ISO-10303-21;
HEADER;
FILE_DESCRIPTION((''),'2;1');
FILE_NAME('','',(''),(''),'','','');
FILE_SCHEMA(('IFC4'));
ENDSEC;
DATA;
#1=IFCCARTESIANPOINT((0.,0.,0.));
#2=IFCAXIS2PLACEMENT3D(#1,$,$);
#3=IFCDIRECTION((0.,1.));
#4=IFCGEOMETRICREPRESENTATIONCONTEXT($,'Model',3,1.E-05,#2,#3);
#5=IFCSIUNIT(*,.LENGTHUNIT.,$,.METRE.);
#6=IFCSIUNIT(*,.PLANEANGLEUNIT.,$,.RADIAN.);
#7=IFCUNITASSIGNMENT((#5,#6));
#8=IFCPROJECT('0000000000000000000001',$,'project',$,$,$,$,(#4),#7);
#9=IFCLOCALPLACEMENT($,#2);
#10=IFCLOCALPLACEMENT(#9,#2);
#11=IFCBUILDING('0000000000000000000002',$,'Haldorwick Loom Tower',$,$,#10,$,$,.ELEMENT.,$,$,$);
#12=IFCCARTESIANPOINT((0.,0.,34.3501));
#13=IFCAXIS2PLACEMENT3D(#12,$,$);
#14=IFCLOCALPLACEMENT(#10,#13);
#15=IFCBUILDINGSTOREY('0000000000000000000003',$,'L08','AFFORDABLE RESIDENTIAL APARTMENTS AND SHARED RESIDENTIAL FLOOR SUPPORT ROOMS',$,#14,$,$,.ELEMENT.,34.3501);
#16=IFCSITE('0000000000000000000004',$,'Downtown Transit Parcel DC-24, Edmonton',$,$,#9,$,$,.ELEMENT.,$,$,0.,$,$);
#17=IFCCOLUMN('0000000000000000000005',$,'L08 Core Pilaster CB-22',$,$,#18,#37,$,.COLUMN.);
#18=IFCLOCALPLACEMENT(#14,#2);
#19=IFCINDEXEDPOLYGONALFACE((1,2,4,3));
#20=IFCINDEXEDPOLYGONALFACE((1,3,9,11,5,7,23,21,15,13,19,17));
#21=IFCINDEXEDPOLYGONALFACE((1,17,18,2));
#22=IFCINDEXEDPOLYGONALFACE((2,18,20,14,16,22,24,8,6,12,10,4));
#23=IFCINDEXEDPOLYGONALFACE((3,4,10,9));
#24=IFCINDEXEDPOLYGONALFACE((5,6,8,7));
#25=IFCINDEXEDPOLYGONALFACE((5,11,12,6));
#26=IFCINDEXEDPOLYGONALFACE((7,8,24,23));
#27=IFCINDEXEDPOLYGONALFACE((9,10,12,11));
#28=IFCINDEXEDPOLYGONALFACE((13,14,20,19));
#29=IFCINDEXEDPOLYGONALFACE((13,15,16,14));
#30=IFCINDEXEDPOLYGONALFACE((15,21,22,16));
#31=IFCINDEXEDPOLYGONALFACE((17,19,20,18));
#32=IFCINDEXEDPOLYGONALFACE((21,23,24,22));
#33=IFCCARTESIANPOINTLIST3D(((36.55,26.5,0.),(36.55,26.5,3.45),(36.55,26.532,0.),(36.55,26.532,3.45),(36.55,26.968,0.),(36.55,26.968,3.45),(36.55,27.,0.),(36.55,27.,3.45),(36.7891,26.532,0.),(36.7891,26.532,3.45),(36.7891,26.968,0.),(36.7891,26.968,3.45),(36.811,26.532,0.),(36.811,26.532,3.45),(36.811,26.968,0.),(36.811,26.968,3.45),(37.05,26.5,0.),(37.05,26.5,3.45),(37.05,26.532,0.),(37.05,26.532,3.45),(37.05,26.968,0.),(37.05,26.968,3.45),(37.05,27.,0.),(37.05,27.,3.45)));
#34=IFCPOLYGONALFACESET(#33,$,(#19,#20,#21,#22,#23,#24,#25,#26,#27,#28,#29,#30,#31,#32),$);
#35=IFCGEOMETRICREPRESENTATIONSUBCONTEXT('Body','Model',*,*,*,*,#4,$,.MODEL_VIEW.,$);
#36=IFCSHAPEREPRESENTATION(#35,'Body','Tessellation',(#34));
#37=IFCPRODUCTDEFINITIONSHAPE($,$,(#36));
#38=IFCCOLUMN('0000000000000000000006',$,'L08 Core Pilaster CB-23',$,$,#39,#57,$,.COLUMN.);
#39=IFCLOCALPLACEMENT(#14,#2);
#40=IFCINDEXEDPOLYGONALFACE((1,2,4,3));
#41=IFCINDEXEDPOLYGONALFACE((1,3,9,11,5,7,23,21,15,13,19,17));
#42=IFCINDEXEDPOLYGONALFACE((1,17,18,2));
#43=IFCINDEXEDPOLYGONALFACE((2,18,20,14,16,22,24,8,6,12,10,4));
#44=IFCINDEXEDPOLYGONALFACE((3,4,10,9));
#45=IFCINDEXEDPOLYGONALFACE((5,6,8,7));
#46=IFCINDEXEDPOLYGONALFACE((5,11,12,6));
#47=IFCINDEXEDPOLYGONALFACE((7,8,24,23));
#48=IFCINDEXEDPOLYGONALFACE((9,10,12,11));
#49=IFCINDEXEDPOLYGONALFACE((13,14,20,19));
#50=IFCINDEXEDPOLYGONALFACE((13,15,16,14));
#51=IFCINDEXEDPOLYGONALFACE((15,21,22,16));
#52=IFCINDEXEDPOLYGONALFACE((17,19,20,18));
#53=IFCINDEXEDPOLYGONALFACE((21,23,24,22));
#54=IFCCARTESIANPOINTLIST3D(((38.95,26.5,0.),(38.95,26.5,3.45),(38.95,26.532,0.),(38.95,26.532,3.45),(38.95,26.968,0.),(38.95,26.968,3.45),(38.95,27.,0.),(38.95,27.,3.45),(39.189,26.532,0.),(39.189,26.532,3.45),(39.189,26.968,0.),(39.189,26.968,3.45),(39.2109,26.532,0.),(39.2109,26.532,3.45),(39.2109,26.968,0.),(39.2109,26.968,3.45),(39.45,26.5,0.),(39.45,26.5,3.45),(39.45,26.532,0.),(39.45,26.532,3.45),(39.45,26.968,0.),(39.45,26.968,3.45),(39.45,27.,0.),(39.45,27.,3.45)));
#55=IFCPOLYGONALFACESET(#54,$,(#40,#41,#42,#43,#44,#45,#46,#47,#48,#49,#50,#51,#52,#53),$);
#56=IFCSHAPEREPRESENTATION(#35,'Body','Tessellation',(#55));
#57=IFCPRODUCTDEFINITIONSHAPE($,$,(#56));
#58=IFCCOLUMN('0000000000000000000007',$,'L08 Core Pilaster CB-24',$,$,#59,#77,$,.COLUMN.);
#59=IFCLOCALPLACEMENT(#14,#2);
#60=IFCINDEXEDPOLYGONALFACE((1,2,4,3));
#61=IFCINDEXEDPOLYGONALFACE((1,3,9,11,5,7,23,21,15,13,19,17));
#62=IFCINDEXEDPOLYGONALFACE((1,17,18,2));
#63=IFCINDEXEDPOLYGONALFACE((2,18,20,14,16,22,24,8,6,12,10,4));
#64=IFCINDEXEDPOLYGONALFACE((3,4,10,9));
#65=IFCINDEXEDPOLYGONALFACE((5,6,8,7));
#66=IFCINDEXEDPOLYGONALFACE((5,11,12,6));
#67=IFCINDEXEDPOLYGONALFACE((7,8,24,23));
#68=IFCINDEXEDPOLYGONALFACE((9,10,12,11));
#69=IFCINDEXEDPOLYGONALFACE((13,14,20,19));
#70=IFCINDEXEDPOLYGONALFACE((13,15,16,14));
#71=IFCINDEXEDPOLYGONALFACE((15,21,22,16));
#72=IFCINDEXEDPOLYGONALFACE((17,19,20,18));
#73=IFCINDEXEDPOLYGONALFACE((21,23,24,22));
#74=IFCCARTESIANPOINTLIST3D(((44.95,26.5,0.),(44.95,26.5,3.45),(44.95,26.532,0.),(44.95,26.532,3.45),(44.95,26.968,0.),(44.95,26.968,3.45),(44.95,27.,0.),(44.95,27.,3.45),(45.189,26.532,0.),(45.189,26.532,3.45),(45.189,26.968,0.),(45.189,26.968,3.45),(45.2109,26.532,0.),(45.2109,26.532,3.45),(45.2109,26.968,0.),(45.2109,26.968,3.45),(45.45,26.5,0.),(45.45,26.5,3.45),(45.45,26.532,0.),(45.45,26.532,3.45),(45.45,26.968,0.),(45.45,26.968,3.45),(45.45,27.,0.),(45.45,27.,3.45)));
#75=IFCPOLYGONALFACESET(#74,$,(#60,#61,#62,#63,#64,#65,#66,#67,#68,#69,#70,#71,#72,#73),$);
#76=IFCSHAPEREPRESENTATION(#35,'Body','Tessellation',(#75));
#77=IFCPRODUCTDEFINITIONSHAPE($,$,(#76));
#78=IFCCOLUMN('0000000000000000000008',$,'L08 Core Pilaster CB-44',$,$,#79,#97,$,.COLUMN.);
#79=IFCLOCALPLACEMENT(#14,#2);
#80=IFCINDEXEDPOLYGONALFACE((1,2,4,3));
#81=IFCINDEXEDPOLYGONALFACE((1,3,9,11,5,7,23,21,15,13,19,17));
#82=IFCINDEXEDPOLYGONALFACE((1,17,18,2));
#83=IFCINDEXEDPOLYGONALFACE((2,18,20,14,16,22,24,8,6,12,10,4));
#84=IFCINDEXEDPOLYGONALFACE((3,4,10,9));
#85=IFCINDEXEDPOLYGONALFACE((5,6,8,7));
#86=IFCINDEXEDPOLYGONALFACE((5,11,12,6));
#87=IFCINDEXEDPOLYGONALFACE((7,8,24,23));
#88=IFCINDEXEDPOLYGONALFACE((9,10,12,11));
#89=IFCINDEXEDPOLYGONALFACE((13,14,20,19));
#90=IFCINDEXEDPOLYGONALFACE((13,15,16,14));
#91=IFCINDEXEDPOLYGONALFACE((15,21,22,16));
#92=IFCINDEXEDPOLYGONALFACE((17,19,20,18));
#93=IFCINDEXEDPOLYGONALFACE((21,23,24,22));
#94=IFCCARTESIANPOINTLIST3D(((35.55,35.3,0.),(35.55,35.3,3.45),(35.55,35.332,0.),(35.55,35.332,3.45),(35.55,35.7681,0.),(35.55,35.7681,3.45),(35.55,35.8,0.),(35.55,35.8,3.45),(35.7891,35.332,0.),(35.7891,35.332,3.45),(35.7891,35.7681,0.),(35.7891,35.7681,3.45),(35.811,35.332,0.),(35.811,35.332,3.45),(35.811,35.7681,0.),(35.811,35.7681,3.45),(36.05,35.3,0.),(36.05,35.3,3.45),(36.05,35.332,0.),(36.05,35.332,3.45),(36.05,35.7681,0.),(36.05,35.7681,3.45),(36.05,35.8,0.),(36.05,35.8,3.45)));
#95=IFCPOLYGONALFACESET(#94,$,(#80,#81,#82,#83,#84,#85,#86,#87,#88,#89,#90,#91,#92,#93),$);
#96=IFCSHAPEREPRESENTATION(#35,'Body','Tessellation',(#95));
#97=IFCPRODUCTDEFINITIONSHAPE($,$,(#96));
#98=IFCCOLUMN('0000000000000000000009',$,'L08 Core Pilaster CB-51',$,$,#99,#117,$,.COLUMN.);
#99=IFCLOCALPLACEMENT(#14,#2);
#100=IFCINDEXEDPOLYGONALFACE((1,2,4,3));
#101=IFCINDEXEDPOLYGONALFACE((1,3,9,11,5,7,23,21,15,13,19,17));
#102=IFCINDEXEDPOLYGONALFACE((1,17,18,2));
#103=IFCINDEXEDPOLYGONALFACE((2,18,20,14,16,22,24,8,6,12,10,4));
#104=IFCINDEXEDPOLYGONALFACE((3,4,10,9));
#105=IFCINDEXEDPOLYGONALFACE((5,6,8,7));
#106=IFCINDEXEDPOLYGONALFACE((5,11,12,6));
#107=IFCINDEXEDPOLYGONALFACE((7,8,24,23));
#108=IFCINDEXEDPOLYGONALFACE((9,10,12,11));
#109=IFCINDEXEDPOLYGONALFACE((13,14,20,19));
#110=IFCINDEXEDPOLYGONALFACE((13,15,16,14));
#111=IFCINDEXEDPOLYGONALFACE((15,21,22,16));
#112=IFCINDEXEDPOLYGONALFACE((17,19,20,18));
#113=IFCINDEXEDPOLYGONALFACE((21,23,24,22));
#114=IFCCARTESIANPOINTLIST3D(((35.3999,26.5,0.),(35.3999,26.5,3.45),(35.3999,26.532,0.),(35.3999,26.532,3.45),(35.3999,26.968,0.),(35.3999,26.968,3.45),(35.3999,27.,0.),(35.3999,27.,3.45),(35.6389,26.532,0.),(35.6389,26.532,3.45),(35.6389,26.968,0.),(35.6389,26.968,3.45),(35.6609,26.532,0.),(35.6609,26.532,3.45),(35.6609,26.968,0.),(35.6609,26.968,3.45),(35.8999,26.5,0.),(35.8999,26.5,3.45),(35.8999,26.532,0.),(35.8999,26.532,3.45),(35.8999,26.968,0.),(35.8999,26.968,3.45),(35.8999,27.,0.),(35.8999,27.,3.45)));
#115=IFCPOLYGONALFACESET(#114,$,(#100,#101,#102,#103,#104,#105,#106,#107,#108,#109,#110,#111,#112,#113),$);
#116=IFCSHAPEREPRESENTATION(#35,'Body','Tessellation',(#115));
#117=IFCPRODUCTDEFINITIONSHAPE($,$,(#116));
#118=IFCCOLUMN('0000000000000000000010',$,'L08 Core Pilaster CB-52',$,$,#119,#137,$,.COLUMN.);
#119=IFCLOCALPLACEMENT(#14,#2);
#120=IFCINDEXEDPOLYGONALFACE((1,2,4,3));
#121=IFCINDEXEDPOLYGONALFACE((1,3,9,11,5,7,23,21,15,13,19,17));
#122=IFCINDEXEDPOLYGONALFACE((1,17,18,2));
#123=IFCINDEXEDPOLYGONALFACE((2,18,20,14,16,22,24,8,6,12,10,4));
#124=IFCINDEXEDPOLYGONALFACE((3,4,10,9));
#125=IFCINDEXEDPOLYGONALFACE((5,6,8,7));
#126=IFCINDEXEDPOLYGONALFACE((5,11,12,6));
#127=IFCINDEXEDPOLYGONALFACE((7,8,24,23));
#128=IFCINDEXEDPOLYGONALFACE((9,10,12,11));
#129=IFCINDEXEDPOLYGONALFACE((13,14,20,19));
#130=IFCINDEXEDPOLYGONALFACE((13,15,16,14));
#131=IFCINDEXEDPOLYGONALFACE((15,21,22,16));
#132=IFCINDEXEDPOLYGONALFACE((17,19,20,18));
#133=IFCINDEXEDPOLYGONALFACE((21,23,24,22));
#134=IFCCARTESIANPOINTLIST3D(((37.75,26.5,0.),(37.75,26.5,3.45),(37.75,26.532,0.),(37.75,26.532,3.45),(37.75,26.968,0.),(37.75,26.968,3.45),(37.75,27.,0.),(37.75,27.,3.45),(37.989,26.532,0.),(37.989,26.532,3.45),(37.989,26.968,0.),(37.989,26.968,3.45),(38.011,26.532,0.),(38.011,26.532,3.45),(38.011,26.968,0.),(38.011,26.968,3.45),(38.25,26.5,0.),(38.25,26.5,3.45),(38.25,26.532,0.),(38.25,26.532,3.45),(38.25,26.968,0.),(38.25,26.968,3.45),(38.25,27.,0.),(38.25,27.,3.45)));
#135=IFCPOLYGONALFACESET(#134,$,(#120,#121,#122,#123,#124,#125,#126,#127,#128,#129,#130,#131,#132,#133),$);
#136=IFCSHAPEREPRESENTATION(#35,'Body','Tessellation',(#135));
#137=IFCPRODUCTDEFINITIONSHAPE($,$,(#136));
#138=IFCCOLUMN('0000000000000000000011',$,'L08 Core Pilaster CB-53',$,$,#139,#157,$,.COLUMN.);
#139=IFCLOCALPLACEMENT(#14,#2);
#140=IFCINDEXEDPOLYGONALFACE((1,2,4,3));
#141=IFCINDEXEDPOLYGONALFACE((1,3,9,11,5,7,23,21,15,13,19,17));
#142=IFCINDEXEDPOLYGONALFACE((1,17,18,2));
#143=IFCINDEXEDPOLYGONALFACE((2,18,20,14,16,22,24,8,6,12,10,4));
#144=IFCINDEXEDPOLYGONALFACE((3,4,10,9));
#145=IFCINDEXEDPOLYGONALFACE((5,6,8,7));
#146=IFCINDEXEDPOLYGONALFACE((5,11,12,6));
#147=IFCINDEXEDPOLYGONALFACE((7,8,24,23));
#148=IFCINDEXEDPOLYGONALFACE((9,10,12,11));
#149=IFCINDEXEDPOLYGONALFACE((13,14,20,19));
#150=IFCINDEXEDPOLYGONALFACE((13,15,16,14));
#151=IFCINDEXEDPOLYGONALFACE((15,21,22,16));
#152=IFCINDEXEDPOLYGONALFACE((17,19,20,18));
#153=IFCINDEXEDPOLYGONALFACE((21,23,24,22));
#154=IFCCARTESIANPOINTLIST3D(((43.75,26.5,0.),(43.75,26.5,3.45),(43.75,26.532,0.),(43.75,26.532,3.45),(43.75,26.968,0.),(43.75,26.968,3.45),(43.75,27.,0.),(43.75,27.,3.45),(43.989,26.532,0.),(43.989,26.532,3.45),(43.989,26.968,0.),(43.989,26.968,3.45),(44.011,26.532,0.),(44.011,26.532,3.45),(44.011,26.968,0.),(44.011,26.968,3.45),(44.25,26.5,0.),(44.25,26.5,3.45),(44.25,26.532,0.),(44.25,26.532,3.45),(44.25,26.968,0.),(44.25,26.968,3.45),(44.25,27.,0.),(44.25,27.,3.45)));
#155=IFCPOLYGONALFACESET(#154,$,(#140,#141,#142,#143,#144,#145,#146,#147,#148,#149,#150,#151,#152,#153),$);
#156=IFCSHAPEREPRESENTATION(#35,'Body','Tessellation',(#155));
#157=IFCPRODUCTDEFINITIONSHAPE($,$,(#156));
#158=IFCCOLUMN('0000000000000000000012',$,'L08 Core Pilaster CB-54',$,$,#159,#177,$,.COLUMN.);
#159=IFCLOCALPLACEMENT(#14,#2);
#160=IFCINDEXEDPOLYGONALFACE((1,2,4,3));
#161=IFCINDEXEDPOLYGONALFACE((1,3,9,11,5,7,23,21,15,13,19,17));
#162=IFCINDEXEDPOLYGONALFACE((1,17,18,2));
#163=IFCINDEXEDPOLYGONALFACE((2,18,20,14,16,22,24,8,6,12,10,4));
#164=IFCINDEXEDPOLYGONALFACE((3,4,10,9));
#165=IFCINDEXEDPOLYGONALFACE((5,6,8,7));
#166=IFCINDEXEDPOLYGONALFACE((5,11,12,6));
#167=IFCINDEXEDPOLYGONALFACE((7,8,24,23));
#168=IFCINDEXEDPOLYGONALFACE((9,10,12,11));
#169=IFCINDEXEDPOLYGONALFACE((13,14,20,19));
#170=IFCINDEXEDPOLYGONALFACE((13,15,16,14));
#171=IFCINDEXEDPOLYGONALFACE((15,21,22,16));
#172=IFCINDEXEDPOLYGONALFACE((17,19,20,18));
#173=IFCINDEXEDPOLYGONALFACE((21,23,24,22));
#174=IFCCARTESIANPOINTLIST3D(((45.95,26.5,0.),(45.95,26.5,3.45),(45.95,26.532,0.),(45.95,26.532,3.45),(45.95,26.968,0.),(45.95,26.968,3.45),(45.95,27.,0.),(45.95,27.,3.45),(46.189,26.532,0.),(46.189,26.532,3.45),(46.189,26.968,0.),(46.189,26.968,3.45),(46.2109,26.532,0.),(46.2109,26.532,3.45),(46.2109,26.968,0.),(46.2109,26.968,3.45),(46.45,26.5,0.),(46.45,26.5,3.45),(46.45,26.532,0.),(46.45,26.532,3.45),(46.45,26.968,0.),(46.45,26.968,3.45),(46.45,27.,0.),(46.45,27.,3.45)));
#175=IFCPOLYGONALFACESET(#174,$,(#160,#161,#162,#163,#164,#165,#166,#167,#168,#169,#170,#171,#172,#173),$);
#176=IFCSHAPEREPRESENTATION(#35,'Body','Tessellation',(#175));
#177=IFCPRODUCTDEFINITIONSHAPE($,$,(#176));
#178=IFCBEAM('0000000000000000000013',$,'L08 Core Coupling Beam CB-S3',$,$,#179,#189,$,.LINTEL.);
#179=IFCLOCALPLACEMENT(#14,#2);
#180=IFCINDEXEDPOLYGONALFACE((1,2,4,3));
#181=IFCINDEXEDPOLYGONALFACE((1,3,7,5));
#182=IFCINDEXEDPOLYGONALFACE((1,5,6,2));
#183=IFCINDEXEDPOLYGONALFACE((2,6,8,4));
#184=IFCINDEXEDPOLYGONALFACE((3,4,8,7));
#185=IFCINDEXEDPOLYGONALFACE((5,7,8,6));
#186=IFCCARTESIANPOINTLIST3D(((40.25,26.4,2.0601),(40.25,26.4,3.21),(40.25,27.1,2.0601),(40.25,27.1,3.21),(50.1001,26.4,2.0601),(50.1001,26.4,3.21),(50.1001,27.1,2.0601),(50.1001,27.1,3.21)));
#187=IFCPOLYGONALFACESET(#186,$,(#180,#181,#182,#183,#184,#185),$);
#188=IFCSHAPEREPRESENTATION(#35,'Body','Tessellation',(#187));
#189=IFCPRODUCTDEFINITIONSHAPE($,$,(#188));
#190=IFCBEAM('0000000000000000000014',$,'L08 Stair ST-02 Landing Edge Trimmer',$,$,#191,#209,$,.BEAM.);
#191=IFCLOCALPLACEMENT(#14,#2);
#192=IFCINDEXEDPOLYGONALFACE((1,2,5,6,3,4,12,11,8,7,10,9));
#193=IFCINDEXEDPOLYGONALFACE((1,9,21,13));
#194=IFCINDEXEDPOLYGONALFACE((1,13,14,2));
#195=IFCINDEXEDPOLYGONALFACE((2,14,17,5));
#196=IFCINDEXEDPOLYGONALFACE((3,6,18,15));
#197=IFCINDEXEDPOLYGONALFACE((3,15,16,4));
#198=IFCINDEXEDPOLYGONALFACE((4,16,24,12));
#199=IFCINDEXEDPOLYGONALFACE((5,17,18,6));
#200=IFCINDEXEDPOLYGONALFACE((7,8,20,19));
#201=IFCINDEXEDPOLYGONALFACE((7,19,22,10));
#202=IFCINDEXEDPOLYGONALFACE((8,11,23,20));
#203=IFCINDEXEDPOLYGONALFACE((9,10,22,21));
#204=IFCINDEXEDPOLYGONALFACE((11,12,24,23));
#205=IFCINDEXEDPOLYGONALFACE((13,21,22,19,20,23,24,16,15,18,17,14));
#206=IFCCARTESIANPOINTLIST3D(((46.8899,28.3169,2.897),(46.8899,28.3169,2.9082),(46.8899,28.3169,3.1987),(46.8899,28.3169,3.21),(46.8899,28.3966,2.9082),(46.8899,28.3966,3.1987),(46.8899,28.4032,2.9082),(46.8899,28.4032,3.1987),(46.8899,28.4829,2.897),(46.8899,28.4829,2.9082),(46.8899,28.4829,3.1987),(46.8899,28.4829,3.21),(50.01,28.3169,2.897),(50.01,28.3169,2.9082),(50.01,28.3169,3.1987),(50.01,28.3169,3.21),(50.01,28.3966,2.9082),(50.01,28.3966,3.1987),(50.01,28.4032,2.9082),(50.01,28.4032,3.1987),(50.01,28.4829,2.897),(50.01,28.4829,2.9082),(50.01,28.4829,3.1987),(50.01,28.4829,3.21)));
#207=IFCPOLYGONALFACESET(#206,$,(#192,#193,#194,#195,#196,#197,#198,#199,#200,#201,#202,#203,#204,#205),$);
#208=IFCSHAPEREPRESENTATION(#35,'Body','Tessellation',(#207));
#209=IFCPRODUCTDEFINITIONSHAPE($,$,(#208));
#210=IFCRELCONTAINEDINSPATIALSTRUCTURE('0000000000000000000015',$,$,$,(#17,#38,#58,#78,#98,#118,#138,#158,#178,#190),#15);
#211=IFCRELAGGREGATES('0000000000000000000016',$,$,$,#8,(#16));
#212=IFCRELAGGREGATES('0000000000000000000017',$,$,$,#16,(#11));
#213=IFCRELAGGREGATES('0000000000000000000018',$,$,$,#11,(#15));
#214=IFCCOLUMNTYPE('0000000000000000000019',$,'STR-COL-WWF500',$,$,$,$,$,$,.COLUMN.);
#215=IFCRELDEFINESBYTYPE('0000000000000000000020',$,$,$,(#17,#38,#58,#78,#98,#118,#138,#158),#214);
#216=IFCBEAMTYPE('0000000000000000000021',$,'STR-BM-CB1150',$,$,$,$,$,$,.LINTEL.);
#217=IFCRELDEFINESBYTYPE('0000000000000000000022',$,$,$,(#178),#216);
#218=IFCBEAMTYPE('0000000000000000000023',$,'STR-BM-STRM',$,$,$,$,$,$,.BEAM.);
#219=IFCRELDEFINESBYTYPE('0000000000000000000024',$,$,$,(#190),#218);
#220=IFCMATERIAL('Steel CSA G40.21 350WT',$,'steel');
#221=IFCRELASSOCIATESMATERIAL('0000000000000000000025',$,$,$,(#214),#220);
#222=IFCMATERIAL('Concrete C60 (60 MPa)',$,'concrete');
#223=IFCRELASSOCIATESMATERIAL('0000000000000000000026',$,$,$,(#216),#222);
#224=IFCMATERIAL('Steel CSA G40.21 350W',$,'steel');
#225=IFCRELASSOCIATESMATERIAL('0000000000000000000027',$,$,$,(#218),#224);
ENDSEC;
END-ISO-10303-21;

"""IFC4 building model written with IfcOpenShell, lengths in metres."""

from ifc_helpers import new_model, si_unit, direction, frame, origin, origin_2d, place, context, subcontext, project, spatial, rectangle, i_section, extrude, material, material_profile, profile_set, type_object, element, save


model = new_model("IFC4")

# Units and contexts
model_context = context("Model", 3, precision=1e-05, world=origin(), true_north=direction((0.0, 1.0)))
body_context = subcontext(model_context, "Body", "Model", "MODEL_VIEW")
ifc_project = project(units=[si_unit("LENGTHUNIT", "METRE"), si_unit("PLANEANGLEUNIT", "RADIAN")], contexts=[model_context])

# Site, building, storey
site_placement = place(None, origin())
site = spatial("IfcSite", under=ifc_project, at=site_placement, Name="Downtown Transit Parcel DC-24, Edmonton", CompositionType="ELEMENT", RefElevation=0.0)
building_placement = place(site_placement, origin())
building = spatial("IfcBuilding", under=site, at=building_placement, Name="Haldorwick Loom Tower", CompositionType="ELEMENT")
storey_placement = place(building_placement, frame((0.0, 0.0, 34.3501)))
storey = spatial("IfcBuildingStorey", under=building, at=storey_placement, Name="L08", Description="AFFORDABLE RESIDENTIAL APARTMENTS AND SHARED RESIDENTIAL FLOOR SUPPORT ROOMS", CompositionType="ELEMENT", Elevation=34.3501)

# Columns
ifc_material_1 = material(Name="Steel CSA G40.21 350WT", Category="steel")
ifc_material_profile_1 = material_profile(ifc_material_1, i_section(OverallWidth=0.5, OverallDepth=0.5, WebThickness=0.022, FlangeThickness=0.032, at=origin_2d()), Name="WWF500X500", Category="steel")
ifc_profile_set_1 = profile_set([ifc_material_profile_1], Name="Steel CSA G40.21 350WT")
column_type = type_object("IfcColumnType", Name="STR-COL-WWF500", PredefinedType="COLUMN", material=ifc_profile_set_1)
for number, where, z_axis, x_axis, name in (
    (1, (36.8, 26.75, 0.0), (0.0, 0.0, 1.0), (1.0, 0.0, 0.0), "L08 Core Pilaster CB-22"),
    (2, (39.2, 26.75, 0.0), (0.0, 0.0, 1.0), (1.0, 0.0, 0.0), "L08 Core Pilaster CB-23"),
    (3, (45.2, 26.75, 0.0), (0.0, 0.0, 1.0), (1.0, 0.0, 0.0), "L08 Core Pilaster CB-24"),
    (4, (35.8, 35.55, 0.0), (0.0, 0.0, 1.0), (1.0, 0.0, 0.0), "L08 Core Pilaster CB-44"),
    (5, (35.6499, 26.75, 0.0), (0.0, 0.0, 1.0), (1.0, 0.0, 0.0), "L08 Core Pilaster CB-51"),
    (6, (38.0, 26.75, 0.0), (0.0, 0.0, 1.0), (1.0, 0.0, 0.0), "L08 Core Pilaster CB-52"),
    (7, (44.0, 26.75, 0.0), (0.0, 0.0, 1.0), (1.0, 0.0, 0.0), "L08 Core Pilaster CB-53"),
    (8, (46.2, 26.75, 0.0), (0.0, 0.0, 1.0), (1.0, 0.0, 0.0), "L08 Core Pilaster CB-54"),
):
    element("IfcColumn", number, at=place(storey_placement, frame(where, z_axis=z_axis, x_axis=x_axis)), inside=storey, type_object=column_type, Name=name, PredefinedType="COLUMN", context=body_context, shape_type="SweptSolid", body=[
        extrude(i_section(OverallWidth=0.5, OverallDepth=0.5, WebThickness=0.022, FlangeThickness=0.032, at=origin_2d()), origin(), (0.0, 0.0, 1.0), 3.45),
    ])

# Beams
ifc_material_2 = material(Name="Concrete C60 (60 MPa)", Category="concrete")
ifc_material_profile_2 = material_profile(ifc_material_2, rectangle(XDim=0.7, YDim=1.1499, at=origin_2d()), Name="RC700X1150", Category="concrete")
ifc_profile_set_2 = profile_set([ifc_material_profile_2], Name="Concrete C60 (60 MPa)")
beam_type_1 = type_object("IfcBeamType", Name="STR-BM-CB1150", PredefinedType="LINTEL", material=ifc_profile_set_2)
beam_placement = place(storey_placement, frame((40.25, 26.75, 2.635), z_axis=(1.0, 0.0, 0.0), x_axis=(0.0, 1.0, 0.0)))
element("IfcBeam", 9, at=beam_placement, inside=storey, type_object=beam_type_1, Name="L08 Core Coupling Beam CB-S3", PredefinedType="LINTEL", context=body_context, shape_type="SweptSolid", body=[
    extrude(rectangle(XDim=0.7, YDim=1.1499, at=origin_2d()), origin(), (0.0, 0.0, 1.0), 9.8501),
])
ifc_material_3 = material(Name="Steel CSA G40.21 350W", Category="steel")
ifc_material_profile_3 = material_profile(ifc_material_3, i_section(OverallWidth=0.166, OverallDepth=0.313, WebThickness=0.0066, FlangeThickness=0.0112, at=origin_2d()), Name="W310X45", Category="steel")
ifc_profile_set_3 = profile_set([ifc_material_profile_3], Name="Steel CSA G40.21 350W")
beam_type_2 = type_object("IfcBeamType", Name="STR-BM-STRM", PredefinedType="BEAM", material=ifc_profile_set_3)
for number, where, z_axis, x_axis, name in (
    (10, (46.8899, 28.3999, 3.0535), (1.0, 0.0, 0.0), (0.0, 1.0, 0.0), "L08 Stair ST-02 Landing Edge Trimmer"),
):
    element("IfcBeam", number, at=place(storey_placement, frame(where, z_axis=z_axis, x_axis=x_axis)), inside=storey, type_object=beam_type_2, Name=name, PredefinedType="BEAM", context=body_context, shape_type="SweptSolid", body=[
        extrude(i_section(OverallWidth=0.166, OverallDepth=0.313, WebThickness=0.0066, FlangeThickness=0.0112, at=origin_2d()), origin(), (0.0, 0.0, 1.0), 3.1201),
    ])

save(model, "model.ifc")
